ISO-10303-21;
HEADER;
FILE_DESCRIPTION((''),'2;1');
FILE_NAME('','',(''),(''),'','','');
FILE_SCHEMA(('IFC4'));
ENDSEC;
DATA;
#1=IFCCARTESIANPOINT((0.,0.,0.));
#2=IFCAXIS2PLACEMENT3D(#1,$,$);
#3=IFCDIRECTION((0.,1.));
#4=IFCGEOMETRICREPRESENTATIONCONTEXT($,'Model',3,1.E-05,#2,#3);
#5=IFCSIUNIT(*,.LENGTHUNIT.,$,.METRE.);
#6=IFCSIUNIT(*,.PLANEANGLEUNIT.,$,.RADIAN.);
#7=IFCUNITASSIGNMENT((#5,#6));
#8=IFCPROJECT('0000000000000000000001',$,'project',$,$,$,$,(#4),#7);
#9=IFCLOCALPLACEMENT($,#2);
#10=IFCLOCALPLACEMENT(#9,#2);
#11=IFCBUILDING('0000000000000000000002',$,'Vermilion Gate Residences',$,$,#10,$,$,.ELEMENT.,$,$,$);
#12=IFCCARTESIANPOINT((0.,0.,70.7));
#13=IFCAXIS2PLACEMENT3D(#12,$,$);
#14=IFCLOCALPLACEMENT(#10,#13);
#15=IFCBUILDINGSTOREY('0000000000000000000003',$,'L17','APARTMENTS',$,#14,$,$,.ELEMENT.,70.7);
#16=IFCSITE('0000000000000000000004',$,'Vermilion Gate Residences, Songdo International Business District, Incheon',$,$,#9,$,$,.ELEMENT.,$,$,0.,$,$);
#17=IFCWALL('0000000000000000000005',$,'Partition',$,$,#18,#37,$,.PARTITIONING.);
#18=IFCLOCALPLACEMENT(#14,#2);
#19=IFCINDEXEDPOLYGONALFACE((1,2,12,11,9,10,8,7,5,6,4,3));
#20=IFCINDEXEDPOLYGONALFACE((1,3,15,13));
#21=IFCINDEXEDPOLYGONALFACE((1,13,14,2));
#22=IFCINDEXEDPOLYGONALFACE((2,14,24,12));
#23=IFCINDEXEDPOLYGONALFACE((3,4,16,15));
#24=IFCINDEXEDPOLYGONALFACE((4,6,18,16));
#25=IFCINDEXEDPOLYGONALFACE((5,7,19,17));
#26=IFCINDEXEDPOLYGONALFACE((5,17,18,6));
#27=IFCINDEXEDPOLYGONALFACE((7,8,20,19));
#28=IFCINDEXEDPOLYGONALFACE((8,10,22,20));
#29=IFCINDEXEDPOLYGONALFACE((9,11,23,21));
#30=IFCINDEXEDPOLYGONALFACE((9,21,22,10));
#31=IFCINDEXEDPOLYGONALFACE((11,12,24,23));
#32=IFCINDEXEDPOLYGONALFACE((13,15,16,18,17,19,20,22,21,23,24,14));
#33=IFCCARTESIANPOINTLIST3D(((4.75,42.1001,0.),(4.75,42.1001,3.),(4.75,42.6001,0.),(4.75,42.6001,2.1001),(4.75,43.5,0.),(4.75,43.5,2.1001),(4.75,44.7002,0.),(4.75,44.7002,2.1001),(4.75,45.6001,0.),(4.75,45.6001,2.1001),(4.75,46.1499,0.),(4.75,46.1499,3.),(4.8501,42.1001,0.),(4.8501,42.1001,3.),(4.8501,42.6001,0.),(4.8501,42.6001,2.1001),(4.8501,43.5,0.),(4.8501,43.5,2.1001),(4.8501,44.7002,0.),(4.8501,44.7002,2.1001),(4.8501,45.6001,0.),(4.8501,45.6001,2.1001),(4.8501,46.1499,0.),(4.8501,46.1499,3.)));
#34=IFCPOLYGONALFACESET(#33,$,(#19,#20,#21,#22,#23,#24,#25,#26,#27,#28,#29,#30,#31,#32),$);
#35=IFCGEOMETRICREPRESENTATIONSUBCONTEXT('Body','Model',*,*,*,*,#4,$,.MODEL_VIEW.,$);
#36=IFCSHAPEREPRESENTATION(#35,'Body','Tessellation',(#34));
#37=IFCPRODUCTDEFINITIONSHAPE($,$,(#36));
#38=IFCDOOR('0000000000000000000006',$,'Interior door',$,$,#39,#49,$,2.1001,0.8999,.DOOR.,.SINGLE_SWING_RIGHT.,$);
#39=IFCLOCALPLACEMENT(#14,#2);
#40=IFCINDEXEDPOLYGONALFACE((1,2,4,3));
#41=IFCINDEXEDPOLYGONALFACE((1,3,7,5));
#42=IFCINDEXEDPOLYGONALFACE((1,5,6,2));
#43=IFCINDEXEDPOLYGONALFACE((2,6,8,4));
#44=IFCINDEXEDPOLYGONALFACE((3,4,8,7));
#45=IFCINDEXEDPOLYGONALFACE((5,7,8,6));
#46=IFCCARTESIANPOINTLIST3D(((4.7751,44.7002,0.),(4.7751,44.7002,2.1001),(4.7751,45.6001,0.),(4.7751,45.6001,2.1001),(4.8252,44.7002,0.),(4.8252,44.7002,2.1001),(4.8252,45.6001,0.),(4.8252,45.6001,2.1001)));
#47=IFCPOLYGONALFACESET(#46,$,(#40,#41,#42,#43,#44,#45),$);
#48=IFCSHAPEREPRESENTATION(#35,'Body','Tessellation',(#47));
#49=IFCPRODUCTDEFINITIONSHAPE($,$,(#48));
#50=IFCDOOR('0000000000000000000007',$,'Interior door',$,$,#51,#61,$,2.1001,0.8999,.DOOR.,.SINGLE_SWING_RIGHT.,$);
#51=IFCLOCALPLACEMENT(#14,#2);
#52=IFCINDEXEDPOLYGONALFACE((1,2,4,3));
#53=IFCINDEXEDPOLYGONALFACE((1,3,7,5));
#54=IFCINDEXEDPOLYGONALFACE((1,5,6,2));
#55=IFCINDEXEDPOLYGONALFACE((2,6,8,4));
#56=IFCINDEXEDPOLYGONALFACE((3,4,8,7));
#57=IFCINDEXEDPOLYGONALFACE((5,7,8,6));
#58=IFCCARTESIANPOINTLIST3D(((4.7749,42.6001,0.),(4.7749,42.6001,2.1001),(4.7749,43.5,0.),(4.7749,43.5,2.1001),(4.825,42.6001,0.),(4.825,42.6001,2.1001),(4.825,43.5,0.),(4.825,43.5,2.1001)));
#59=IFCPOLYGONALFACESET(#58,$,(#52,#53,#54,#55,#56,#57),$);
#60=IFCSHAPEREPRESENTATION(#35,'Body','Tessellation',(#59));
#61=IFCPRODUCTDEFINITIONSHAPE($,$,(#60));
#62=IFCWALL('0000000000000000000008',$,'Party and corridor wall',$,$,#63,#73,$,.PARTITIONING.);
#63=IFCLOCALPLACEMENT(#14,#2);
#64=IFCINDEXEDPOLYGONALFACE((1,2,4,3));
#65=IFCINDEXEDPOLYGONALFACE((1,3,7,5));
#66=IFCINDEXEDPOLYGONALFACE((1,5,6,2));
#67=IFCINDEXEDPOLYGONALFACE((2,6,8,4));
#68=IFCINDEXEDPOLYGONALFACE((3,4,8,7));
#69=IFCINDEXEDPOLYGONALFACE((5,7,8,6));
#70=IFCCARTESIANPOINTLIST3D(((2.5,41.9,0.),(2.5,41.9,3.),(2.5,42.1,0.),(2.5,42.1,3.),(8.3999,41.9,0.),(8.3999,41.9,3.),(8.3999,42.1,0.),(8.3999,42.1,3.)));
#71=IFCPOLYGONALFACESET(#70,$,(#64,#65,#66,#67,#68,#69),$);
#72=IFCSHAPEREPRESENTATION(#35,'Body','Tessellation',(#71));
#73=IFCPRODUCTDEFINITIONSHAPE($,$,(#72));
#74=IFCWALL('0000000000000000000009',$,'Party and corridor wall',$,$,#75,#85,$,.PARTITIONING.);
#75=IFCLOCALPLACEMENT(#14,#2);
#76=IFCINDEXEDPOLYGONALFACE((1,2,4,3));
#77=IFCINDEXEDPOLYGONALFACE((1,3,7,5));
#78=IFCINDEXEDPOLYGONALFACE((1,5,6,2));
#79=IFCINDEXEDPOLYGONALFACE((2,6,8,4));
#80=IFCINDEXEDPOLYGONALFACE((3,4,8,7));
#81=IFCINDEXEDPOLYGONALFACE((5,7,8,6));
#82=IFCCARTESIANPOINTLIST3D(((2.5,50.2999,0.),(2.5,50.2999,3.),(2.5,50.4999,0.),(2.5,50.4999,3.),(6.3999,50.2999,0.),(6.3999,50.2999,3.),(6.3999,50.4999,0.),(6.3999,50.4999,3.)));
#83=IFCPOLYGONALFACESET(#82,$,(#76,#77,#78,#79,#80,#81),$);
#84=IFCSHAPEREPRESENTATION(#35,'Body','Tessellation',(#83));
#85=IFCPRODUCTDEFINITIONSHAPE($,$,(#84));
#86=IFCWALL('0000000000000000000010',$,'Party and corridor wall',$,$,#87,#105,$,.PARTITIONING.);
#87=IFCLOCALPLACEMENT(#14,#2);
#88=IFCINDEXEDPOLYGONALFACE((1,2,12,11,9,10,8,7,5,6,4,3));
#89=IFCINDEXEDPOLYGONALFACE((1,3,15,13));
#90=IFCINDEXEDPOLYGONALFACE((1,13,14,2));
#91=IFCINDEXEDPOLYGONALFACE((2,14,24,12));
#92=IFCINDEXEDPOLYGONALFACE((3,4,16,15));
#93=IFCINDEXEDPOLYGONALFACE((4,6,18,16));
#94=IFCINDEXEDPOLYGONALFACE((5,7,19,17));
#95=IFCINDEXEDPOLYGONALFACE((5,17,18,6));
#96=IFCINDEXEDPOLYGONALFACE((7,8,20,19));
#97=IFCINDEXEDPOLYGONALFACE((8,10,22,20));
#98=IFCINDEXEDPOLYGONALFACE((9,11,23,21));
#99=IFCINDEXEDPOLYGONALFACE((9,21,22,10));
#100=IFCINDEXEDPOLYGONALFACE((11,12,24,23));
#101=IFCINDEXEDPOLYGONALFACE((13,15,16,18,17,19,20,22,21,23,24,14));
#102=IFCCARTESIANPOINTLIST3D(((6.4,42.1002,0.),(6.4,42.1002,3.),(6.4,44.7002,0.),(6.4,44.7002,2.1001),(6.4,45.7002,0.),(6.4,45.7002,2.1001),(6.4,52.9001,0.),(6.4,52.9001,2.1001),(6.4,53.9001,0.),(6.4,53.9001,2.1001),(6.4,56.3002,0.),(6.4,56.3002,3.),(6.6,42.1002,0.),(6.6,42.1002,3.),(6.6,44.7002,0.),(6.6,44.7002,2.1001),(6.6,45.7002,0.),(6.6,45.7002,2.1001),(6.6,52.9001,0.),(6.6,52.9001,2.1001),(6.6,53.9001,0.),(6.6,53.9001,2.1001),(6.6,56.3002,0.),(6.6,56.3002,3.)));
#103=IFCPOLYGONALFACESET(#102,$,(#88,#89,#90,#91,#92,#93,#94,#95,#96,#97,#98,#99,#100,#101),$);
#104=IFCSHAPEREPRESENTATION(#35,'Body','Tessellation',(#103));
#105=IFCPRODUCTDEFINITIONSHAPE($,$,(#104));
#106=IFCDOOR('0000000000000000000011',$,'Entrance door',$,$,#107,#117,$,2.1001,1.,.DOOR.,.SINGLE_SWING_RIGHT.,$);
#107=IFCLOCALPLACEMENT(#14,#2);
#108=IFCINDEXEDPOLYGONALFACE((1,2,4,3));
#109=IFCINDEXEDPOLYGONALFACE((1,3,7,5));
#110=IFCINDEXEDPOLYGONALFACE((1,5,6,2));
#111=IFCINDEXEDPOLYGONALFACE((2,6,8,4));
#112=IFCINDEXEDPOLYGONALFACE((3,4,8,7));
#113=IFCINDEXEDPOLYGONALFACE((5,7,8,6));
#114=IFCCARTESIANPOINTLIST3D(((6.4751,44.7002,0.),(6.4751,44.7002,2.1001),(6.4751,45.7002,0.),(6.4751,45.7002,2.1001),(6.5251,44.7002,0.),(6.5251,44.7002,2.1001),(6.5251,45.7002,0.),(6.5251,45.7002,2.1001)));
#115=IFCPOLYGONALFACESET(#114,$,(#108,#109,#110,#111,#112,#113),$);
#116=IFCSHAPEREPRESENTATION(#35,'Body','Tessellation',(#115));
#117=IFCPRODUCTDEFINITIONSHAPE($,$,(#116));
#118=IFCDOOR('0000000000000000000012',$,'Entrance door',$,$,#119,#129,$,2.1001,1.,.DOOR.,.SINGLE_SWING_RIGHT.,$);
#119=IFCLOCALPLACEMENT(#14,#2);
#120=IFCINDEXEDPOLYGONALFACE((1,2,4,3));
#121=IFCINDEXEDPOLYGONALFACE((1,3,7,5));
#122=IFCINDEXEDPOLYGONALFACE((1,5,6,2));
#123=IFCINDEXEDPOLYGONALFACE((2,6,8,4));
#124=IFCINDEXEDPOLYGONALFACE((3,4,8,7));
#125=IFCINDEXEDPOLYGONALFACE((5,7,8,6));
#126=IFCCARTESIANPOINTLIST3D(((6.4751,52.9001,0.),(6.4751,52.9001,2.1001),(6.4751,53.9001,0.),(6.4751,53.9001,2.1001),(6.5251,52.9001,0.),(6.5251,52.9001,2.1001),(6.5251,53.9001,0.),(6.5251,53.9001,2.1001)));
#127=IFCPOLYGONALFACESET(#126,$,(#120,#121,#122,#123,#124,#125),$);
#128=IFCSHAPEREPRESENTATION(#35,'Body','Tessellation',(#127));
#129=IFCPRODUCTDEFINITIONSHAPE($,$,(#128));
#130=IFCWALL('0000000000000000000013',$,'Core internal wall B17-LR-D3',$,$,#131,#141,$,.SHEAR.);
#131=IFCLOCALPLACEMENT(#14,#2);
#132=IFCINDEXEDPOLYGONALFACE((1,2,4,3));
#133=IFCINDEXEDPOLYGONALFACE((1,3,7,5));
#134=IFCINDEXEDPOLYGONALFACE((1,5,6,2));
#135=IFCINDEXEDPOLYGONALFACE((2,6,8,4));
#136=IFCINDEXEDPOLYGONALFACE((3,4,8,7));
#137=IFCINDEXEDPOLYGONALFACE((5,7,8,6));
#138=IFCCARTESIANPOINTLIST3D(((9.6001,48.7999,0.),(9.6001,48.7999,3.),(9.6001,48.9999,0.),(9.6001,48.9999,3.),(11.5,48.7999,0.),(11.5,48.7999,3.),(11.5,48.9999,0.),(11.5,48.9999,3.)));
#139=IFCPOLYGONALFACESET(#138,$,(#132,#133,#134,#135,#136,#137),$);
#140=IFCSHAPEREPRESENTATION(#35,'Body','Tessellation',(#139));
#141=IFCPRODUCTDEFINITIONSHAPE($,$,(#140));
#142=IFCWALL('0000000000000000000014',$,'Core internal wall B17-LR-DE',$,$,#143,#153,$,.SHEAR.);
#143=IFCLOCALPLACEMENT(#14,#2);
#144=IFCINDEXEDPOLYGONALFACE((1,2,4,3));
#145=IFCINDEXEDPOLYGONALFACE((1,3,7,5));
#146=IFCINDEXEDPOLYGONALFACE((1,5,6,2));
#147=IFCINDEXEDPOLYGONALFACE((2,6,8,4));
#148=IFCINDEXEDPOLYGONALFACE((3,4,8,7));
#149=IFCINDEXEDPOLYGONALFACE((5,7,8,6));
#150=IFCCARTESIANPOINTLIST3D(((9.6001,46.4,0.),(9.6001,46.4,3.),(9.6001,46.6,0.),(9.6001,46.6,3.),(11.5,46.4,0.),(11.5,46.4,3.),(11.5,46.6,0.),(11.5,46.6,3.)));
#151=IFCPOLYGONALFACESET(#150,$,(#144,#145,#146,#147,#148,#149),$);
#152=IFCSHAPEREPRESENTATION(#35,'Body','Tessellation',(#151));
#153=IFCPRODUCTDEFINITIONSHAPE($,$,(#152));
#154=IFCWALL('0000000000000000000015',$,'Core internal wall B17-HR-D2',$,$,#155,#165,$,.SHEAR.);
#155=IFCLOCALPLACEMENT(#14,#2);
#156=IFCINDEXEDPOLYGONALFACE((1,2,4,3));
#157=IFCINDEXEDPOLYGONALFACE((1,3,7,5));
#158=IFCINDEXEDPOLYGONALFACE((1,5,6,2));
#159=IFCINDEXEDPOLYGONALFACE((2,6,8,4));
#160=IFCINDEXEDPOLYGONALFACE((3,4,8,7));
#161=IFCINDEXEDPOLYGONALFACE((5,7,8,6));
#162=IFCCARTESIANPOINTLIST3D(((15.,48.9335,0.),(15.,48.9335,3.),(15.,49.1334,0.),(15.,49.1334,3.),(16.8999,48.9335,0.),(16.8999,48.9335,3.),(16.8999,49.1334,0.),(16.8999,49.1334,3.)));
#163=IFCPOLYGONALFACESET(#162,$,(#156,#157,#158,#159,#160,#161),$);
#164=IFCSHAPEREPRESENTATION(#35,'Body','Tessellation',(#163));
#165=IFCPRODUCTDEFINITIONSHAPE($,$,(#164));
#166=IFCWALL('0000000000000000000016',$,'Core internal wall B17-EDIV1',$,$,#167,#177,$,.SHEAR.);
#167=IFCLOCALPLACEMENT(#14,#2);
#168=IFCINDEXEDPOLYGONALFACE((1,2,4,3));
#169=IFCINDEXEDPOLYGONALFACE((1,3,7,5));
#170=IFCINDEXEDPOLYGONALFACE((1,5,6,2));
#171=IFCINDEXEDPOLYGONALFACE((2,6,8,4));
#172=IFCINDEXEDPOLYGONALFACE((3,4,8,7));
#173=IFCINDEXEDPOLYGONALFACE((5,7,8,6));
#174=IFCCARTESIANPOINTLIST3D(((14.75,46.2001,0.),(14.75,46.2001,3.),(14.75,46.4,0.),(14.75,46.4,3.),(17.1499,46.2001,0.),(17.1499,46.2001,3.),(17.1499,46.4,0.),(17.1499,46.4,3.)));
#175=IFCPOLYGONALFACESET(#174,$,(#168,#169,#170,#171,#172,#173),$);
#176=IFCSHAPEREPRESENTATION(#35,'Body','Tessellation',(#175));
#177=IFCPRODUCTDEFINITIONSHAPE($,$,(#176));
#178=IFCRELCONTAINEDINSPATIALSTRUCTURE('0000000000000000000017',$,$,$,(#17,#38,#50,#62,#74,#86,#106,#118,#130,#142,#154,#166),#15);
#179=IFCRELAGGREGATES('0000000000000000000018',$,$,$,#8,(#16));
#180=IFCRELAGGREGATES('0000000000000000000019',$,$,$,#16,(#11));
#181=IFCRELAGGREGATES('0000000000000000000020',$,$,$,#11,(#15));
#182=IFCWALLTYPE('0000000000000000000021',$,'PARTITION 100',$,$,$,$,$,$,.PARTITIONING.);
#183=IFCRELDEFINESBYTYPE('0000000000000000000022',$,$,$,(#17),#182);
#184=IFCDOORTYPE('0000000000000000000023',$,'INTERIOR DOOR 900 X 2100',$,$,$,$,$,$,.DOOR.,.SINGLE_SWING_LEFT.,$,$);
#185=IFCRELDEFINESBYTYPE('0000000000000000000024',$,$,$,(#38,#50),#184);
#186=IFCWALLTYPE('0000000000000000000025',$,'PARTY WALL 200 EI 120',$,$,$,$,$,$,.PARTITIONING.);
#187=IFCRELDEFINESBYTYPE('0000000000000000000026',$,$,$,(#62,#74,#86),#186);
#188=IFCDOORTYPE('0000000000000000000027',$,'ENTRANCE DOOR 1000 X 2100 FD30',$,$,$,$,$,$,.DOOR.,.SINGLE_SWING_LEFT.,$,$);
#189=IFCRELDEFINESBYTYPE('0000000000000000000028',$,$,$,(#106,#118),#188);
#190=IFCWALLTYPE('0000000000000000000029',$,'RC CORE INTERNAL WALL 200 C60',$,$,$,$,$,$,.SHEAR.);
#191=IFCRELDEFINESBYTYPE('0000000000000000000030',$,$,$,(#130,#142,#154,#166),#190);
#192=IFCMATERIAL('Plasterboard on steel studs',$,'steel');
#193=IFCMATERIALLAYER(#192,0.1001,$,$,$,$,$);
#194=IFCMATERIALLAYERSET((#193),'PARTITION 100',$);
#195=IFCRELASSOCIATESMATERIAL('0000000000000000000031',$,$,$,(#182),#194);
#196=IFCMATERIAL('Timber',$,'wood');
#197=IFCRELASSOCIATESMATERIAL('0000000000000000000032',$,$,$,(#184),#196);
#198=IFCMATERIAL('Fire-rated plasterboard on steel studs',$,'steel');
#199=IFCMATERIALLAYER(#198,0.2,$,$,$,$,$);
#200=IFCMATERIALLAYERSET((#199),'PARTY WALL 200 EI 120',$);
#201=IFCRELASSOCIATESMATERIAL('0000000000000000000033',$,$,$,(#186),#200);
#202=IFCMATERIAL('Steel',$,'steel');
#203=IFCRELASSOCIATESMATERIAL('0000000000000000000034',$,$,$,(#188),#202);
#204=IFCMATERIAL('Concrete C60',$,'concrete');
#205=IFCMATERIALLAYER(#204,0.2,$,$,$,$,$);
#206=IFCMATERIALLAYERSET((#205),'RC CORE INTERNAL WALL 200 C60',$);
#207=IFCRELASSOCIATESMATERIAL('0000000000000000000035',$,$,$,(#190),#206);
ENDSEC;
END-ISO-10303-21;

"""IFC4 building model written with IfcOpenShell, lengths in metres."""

from ifc_helpers import new_model, si_unit, direction, frame, frame_2d, origin, place, context, subcontext, project, spatial, rectangle, extrude, material, layer, layer_set, type_object, element, fill, save


model = new_model("IFC4")

# Units and contexts
model_context = context("Model", 3, precision=1e-05, world=origin(), true_north=direction((0.0, 1.0)))
body_context = subcontext(model_context, "Body", "Model", "MODEL_VIEW")
ifc_project = project(units=[si_unit("LENGTHUNIT", "METRE"), si_unit("PLANEANGLEUNIT", "RADIAN")], contexts=[model_context])

# Site, building, storey
site_placement = place(None, origin())
site = spatial("IfcSite", under=ifc_project, at=site_placement, Name="Vermilion Gate Residences, Songdo International Business District, Incheon", CompositionType="ELEMENT", RefElevation=0.0)
building_placement = place(site_placement, origin())
building = spatial("IfcBuilding", under=site, at=building_placement, Name="Vermilion Gate Residences", CompositionType="ELEMENT")
storey_placement = place(building_placement, frame((0.0, 0.0, 70.7)))
storey = spatial("IfcBuildingStorey", under=building, at=storey_placement, Name="L17", Description="APARTMENTS", CompositionType="ELEMENT", Elevation=70.7)

# Shared definitions
ifc_material_1 = material(Name="Plasterboard on steel studs", Category="steel")
ifc_layer_1 = layer(ifc_material_1, 0.1001)
ifc_layer_set_1 = layer_set([ifc_layer_1], Name="PARTITION 100")
wall_type_1 = type_object("IfcWallType", Name="PARTITION 100", PredefinedType="PARTITIONING", material=ifc_layer_set_1)

# Shared definitions
ifc_material_2 = material(Name="Timber", Category="wood")
door_type_1 = type_object("IfcDoorType", Name="INTERIOR DOOR 900 X 2100", OperationType="SINGLE_SWING_LEFT", PredefinedType="DOOR", material=ifc_material_2)

# Wall, openings, doors
wall_1_placement = place(storey_placement, frame((4.8, 42.1001, 0.0), z_axis=(0.0, 0.0, 1.0), x_axis=(0.0, 1.0, 0.0)))
wall_1 = element("IfcWall", 1, at=wall_1_placement, inside=storey, type_object=wall_type_1, Name="Partition", PredefinedType="PARTITIONING", context=body_context, shape_type="SweptSolid", body=[
    extrude(rectangle(XDim=4.0498, YDim=0.1001, at=frame_2d((2.0249, 0.0))), origin(), (0.0, 0.0, 1.0), 3.0),
])
opening_1_placement = place(wall_1_placement, frame((2.6001, 0.0, 0.0)))
opening_1 = element("IfcOpeningElement", 2, at=opening_1_placement, cuts=wall_1, PredefinedType="OPENING", context=body_context, shape_type="SweptSolid", body=[
    extrude(rectangle(XDim=0.8999, YDim=2.1001, at=frame_2d((0.45, 1.05))), frame((0.0, 0.0601, 0.0), z_axis=(0.0, -1.0, 0.0), x_axis=(1.0, 0.0, 0.0)), (0.0, 0.0, 1.0), 0.1201),
])
opening_2_placement = place(wall_1_placement, frame((0.5, 0.0, 0.0)))
opening_2 = element("IfcOpeningElement", 3, at=opening_2_placement, cuts=wall_1, PredefinedType="OPENING", context=body_context, shape_type="SweptSolid", body=[
    extrude(rectangle(XDim=0.8999, YDim=2.1001, at=frame_2d((0.45, 1.05))), frame((0.0, 0.0601, 0.0), z_axis=(0.0, -1.0, 0.0), x_axis=(1.0, 0.0, 0.0)), (0.0, 0.0, 1.0), 0.1201),
])
door_1_placement = place(opening_1_placement, origin())
door_1 = element("IfcDoor", 4, at=door_1_placement, inside=storey, type_object=door_type_1, Name="Interior door", OperationType="SINGLE_SWING_RIGHT", OverallHeight=2.1001, OverallWidth=0.8999, PredefinedType="DOOR", context=body_context, shape_type="SweptSolid", body=[
    extrude(rectangle(XDim=0.8999, YDim=2.1001, at=frame_2d((0.45, 1.05))), frame((0.0, 0.0249, 0.0), z_axis=(0.0, -1.0, 0.0), x_axis=(1.0, 0.0, 0.0)), (0.0, 0.0, 1.0), 0.05),
])
fill(opening_1, door_1)
door_2_placement = place(opening_2_placement, frame((0.8999, 0.0, 0.0), z_axis=(0.0, 0.0, 1.0), x_axis=(-1.0, 0.0, 0.0)))
door_2 = element("IfcDoor", 5, at=door_2_placement, inside=storey, type_object=door_type_1, Name="Interior door", OperationType="SINGLE_SWING_RIGHT", OverallHeight=2.1001, OverallWidth=0.8999, PredefinedType="DOOR", context=body_context, shape_type="SweptSolid", body=[
    extrude(rectangle(XDim=0.8999, YDim=2.1001, at=frame_2d((0.45, 1.05))), frame((0.0, 0.0249, 0.0), z_axis=(0.0, -1.0, 0.0), x_axis=(1.0, 0.0, 0.0)), (0.0, 0.0, 1.0), 0.05),
])
fill(opening_2, door_2)

# Walls
ifc_material_3 = material(Name="Fire-rated plasterboard on steel studs", Category="steel")
ifc_layer_2 = layer(ifc_material_3, 0.2)
ifc_layer_set_2 = layer_set([ifc_layer_2], Name="PARTY WALL 200 EI 120")
wall_type_2 = type_object("IfcWallType", Name="PARTY WALL 200 EI 120", PredefinedType="PARTITIONING", material=ifc_layer_set_2)
wall_2_placement = place(storey_placement, frame((2.5, 42.0, 0.0), z_axis=(0.0, 0.0, 1.0), x_axis=(1.0, 0.0, 0.0)))
element("IfcWall", 6, at=wall_2_placement, inside=storey, type_object=wall_type_2, Name="Party and corridor wall", PredefinedType="PARTITIONING", context=body_context, shape_type="SweptSolid", body=[
    extrude(rectangle(XDim=5.8999, YDim=0.2, at=frame_2d((2.95, 0.0))), origin(), (0.0, 0.0, 1.0), 3.0),
])
wall_3_placement = place(storey_placement, frame((2.5, 50.3999, 0.0), z_axis=(0.0, 0.0, 1.0), x_axis=(1.0, 0.0, 0.0)))
element("IfcWall", 7, at=wall_3_placement, inside=storey, type_object=wall_type_2, Name="Party and corridor wall", PredefinedType="PARTITIONING", context=body_context, shape_type="SweptSolid", body=[
    extrude(rectangle(XDim=3.8999, YDim=0.2, at=frame_2d((1.95, 0.0))), origin(), (0.0, 0.0, 1.0), 3.0),
])

# Wall, openings, doors
wall_4_placement = place(storey_placement, frame((6.5, 42.1001, 0.0), z_axis=(0.0, 0.0, 1.0), x_axis=(0.0, 1.0, 0.0)))
wall_4 = element("IfcWall", 8, at=wall_4_placement, inside=storey, type_object=wall_type_2, Name="Party and corridor wall", PredefinedType="PARTITIONING", context=body_context, shape_type="SweptSolid", body=[
    extrude(rectangle(XDim=14.2, YDim=0.2, at=frame_2d((7.1001, 0.0))), origin(), (0.0, 0.0, 1.0), 3.0),
])
opening_3_placement = place(wall_4_placement, frame((2.6001, 0.0, 0.0)))
opening_3 = element("IfcOpeningElement", 9, at=opening_3_placement, cuts=wall_4, PredefinedType="OPENING", context=body_context, shape_type="SweptSolid", body=[
    extrude(rectangle(XDim=1.0, YDim=2.1001, at=frame_2d((0.5, 1.05))), frame((0.0, 0.1099, 0.0), z_axis=(0.0, -1.0, 0.0), x_axis=(1.0, 0.0, 0.0)), (0.0, 0.0, 1.0), 0.22),
])
opening_4_placement = place(wall_4_placement, frame((10.8, 0.0, 0.0)))
opening_4 = element("IfcOpeningElement", 10, at=opening_4_placement, cuts=wall_4, PredefinedType="OPENING", context=body_context, shape_type="SweptSolid", body=[
    extrude(rectangle(XDim=1.0, YDim=2.1001, at=frame_2d((0.5, 1.05))), frame((0.0, 0.1099, 0.0), z_axis=(0.0, -1.0, 0.0), x_axis=(1.0, 0.0, 0.0)), (0.0, 0.0, 1.0), 0.22),
])
ifc_material_4 = material(Name="Steel", Category="steel")
door_type_2 = type_object("IfcDoorType", Name="ENTRANCE DOOR 1000 X 2100 FD30", OperationType="SINGLE_SWING_LEFT", PredefinedType="DOOR", material=ifc_material_4)
door_3_placement = place(opening_3_placement, origin())
door_3 = element("IfcDoor", 11, at=door_3_placement, inside=storey, type_object=door_type_2, Name="Entrance door", OperationType="SINGLE_SWING_RIGHT", OverallHeight=2.1001, OverallWidth=1.0, PredefinedType="DOOR", context=body_context, shape_type="SweptSolid", body=[
    extrude(rectangle(XDim=1.0, YDim=2.1001, at=frame_2d((0.5, 1.05))), frame((0.0, 0.0249, 0.0), z_axis=(0.0, -1.0, 0.0), x_axis=(1.0, 0.0, 0.0)), (0.0, 0.0, 1.0), 0.05),
])
fill(opening_3, door_3)
door_4_placement = place(opening_4_placement, origin())
door_4 = element("IfcDoor", 12, at=door_4_placement, inside=storey, type_object=door_type_2, Name="Entrance door", OperationType="SINGLE_SWING_RIGHT", OverallHeight=2.1001, OverallWidth=1.0, PredefinedType="DOOR", context=body_context, shape_type="SweptSolid", body=[
    extrude(rectangle(XDim=1.0, YDim=2.1001, at=frame_2d((0.5, 1.05))), frame((0.0, 0.0249, 0.0), z_axis=(0.0, -1.0, 0.0), x_axis=(1.0, 0.0, 0.0)), (0.0, 0.0, 1.0), 0.05),
])
fill(opening_4, door_4)

# Walls
ifc_material_5 = material(Name="Concrete C60", Category="concrete")
ifc_layer_3 = layer(ifc_material_5, 0.2)
ifc_layer_set_3 = layer_set([ifc_layer_3], Name="RC CORE INTERNAL WALL 200 C60")
wall_type_3 = type_object("IfcWallType", Name="RC CORE INTERNAL WALL 200 C60", PredefinedType="SHEAR", material=ifc_layer_set_3)
for number, where, z_axis, x_axis, name in (
    (13, (9.6001, 48.8999, 0.0), (0.0, 0.0, 1.0), (1.0, 0.0, 0.0), "Core internal wall B17-LR-D3"),
    (14, (9.6001, 46.5, 0.0), (0.0, 0.0, 1.0), (1.0, 0.0, 0.0), "Core internal wall B17-LR-DE"),
    (15, (15.0, 49.0334, 0.0), (0.0, 0.0, 1.0), (1.0, 0.0, 0.0), "Core internal wall B17-HR-D2"),
):
    element("IfcWall", number, at=place(storey_placement, frame(where, z_axis=z_axis, x_axis=x_axis)), inside=storey, type_object=wall_type_3, Name=name, PredefinedType="SHEAR", context=body_context, shape_type="SweptSolid", body=[
        extrude(rectangle(XDim=1.8999, YDim=0.2, at=frame_2d((0.95, 0.0))), origin(), (0.0, 0.0, 1.0), 3.0),
    ])
wall_5_placement = place(storey_placement, frame((14.75, 46.3, 0.0), z_axis=(0.0, 0.0, 1.0), x_axis=(1.0, 0.0, 0.0)))
element("IfcWall", 16, at=wall_5_placement, inside=storey, type_object=wall_type_3, Name="Core internal wall B17-EDIV1", PredefinedType="SHEAR", context=body_context, shape_type="SweptSolid", body=[
    extrude(rectangle(XDim=2.3999, YDim=0.2, at=frame_2d((1.2, 0.0))), origin(), (0.0, 0.0, 1.0), 3.0),
])

save(model, "model.ifc")
